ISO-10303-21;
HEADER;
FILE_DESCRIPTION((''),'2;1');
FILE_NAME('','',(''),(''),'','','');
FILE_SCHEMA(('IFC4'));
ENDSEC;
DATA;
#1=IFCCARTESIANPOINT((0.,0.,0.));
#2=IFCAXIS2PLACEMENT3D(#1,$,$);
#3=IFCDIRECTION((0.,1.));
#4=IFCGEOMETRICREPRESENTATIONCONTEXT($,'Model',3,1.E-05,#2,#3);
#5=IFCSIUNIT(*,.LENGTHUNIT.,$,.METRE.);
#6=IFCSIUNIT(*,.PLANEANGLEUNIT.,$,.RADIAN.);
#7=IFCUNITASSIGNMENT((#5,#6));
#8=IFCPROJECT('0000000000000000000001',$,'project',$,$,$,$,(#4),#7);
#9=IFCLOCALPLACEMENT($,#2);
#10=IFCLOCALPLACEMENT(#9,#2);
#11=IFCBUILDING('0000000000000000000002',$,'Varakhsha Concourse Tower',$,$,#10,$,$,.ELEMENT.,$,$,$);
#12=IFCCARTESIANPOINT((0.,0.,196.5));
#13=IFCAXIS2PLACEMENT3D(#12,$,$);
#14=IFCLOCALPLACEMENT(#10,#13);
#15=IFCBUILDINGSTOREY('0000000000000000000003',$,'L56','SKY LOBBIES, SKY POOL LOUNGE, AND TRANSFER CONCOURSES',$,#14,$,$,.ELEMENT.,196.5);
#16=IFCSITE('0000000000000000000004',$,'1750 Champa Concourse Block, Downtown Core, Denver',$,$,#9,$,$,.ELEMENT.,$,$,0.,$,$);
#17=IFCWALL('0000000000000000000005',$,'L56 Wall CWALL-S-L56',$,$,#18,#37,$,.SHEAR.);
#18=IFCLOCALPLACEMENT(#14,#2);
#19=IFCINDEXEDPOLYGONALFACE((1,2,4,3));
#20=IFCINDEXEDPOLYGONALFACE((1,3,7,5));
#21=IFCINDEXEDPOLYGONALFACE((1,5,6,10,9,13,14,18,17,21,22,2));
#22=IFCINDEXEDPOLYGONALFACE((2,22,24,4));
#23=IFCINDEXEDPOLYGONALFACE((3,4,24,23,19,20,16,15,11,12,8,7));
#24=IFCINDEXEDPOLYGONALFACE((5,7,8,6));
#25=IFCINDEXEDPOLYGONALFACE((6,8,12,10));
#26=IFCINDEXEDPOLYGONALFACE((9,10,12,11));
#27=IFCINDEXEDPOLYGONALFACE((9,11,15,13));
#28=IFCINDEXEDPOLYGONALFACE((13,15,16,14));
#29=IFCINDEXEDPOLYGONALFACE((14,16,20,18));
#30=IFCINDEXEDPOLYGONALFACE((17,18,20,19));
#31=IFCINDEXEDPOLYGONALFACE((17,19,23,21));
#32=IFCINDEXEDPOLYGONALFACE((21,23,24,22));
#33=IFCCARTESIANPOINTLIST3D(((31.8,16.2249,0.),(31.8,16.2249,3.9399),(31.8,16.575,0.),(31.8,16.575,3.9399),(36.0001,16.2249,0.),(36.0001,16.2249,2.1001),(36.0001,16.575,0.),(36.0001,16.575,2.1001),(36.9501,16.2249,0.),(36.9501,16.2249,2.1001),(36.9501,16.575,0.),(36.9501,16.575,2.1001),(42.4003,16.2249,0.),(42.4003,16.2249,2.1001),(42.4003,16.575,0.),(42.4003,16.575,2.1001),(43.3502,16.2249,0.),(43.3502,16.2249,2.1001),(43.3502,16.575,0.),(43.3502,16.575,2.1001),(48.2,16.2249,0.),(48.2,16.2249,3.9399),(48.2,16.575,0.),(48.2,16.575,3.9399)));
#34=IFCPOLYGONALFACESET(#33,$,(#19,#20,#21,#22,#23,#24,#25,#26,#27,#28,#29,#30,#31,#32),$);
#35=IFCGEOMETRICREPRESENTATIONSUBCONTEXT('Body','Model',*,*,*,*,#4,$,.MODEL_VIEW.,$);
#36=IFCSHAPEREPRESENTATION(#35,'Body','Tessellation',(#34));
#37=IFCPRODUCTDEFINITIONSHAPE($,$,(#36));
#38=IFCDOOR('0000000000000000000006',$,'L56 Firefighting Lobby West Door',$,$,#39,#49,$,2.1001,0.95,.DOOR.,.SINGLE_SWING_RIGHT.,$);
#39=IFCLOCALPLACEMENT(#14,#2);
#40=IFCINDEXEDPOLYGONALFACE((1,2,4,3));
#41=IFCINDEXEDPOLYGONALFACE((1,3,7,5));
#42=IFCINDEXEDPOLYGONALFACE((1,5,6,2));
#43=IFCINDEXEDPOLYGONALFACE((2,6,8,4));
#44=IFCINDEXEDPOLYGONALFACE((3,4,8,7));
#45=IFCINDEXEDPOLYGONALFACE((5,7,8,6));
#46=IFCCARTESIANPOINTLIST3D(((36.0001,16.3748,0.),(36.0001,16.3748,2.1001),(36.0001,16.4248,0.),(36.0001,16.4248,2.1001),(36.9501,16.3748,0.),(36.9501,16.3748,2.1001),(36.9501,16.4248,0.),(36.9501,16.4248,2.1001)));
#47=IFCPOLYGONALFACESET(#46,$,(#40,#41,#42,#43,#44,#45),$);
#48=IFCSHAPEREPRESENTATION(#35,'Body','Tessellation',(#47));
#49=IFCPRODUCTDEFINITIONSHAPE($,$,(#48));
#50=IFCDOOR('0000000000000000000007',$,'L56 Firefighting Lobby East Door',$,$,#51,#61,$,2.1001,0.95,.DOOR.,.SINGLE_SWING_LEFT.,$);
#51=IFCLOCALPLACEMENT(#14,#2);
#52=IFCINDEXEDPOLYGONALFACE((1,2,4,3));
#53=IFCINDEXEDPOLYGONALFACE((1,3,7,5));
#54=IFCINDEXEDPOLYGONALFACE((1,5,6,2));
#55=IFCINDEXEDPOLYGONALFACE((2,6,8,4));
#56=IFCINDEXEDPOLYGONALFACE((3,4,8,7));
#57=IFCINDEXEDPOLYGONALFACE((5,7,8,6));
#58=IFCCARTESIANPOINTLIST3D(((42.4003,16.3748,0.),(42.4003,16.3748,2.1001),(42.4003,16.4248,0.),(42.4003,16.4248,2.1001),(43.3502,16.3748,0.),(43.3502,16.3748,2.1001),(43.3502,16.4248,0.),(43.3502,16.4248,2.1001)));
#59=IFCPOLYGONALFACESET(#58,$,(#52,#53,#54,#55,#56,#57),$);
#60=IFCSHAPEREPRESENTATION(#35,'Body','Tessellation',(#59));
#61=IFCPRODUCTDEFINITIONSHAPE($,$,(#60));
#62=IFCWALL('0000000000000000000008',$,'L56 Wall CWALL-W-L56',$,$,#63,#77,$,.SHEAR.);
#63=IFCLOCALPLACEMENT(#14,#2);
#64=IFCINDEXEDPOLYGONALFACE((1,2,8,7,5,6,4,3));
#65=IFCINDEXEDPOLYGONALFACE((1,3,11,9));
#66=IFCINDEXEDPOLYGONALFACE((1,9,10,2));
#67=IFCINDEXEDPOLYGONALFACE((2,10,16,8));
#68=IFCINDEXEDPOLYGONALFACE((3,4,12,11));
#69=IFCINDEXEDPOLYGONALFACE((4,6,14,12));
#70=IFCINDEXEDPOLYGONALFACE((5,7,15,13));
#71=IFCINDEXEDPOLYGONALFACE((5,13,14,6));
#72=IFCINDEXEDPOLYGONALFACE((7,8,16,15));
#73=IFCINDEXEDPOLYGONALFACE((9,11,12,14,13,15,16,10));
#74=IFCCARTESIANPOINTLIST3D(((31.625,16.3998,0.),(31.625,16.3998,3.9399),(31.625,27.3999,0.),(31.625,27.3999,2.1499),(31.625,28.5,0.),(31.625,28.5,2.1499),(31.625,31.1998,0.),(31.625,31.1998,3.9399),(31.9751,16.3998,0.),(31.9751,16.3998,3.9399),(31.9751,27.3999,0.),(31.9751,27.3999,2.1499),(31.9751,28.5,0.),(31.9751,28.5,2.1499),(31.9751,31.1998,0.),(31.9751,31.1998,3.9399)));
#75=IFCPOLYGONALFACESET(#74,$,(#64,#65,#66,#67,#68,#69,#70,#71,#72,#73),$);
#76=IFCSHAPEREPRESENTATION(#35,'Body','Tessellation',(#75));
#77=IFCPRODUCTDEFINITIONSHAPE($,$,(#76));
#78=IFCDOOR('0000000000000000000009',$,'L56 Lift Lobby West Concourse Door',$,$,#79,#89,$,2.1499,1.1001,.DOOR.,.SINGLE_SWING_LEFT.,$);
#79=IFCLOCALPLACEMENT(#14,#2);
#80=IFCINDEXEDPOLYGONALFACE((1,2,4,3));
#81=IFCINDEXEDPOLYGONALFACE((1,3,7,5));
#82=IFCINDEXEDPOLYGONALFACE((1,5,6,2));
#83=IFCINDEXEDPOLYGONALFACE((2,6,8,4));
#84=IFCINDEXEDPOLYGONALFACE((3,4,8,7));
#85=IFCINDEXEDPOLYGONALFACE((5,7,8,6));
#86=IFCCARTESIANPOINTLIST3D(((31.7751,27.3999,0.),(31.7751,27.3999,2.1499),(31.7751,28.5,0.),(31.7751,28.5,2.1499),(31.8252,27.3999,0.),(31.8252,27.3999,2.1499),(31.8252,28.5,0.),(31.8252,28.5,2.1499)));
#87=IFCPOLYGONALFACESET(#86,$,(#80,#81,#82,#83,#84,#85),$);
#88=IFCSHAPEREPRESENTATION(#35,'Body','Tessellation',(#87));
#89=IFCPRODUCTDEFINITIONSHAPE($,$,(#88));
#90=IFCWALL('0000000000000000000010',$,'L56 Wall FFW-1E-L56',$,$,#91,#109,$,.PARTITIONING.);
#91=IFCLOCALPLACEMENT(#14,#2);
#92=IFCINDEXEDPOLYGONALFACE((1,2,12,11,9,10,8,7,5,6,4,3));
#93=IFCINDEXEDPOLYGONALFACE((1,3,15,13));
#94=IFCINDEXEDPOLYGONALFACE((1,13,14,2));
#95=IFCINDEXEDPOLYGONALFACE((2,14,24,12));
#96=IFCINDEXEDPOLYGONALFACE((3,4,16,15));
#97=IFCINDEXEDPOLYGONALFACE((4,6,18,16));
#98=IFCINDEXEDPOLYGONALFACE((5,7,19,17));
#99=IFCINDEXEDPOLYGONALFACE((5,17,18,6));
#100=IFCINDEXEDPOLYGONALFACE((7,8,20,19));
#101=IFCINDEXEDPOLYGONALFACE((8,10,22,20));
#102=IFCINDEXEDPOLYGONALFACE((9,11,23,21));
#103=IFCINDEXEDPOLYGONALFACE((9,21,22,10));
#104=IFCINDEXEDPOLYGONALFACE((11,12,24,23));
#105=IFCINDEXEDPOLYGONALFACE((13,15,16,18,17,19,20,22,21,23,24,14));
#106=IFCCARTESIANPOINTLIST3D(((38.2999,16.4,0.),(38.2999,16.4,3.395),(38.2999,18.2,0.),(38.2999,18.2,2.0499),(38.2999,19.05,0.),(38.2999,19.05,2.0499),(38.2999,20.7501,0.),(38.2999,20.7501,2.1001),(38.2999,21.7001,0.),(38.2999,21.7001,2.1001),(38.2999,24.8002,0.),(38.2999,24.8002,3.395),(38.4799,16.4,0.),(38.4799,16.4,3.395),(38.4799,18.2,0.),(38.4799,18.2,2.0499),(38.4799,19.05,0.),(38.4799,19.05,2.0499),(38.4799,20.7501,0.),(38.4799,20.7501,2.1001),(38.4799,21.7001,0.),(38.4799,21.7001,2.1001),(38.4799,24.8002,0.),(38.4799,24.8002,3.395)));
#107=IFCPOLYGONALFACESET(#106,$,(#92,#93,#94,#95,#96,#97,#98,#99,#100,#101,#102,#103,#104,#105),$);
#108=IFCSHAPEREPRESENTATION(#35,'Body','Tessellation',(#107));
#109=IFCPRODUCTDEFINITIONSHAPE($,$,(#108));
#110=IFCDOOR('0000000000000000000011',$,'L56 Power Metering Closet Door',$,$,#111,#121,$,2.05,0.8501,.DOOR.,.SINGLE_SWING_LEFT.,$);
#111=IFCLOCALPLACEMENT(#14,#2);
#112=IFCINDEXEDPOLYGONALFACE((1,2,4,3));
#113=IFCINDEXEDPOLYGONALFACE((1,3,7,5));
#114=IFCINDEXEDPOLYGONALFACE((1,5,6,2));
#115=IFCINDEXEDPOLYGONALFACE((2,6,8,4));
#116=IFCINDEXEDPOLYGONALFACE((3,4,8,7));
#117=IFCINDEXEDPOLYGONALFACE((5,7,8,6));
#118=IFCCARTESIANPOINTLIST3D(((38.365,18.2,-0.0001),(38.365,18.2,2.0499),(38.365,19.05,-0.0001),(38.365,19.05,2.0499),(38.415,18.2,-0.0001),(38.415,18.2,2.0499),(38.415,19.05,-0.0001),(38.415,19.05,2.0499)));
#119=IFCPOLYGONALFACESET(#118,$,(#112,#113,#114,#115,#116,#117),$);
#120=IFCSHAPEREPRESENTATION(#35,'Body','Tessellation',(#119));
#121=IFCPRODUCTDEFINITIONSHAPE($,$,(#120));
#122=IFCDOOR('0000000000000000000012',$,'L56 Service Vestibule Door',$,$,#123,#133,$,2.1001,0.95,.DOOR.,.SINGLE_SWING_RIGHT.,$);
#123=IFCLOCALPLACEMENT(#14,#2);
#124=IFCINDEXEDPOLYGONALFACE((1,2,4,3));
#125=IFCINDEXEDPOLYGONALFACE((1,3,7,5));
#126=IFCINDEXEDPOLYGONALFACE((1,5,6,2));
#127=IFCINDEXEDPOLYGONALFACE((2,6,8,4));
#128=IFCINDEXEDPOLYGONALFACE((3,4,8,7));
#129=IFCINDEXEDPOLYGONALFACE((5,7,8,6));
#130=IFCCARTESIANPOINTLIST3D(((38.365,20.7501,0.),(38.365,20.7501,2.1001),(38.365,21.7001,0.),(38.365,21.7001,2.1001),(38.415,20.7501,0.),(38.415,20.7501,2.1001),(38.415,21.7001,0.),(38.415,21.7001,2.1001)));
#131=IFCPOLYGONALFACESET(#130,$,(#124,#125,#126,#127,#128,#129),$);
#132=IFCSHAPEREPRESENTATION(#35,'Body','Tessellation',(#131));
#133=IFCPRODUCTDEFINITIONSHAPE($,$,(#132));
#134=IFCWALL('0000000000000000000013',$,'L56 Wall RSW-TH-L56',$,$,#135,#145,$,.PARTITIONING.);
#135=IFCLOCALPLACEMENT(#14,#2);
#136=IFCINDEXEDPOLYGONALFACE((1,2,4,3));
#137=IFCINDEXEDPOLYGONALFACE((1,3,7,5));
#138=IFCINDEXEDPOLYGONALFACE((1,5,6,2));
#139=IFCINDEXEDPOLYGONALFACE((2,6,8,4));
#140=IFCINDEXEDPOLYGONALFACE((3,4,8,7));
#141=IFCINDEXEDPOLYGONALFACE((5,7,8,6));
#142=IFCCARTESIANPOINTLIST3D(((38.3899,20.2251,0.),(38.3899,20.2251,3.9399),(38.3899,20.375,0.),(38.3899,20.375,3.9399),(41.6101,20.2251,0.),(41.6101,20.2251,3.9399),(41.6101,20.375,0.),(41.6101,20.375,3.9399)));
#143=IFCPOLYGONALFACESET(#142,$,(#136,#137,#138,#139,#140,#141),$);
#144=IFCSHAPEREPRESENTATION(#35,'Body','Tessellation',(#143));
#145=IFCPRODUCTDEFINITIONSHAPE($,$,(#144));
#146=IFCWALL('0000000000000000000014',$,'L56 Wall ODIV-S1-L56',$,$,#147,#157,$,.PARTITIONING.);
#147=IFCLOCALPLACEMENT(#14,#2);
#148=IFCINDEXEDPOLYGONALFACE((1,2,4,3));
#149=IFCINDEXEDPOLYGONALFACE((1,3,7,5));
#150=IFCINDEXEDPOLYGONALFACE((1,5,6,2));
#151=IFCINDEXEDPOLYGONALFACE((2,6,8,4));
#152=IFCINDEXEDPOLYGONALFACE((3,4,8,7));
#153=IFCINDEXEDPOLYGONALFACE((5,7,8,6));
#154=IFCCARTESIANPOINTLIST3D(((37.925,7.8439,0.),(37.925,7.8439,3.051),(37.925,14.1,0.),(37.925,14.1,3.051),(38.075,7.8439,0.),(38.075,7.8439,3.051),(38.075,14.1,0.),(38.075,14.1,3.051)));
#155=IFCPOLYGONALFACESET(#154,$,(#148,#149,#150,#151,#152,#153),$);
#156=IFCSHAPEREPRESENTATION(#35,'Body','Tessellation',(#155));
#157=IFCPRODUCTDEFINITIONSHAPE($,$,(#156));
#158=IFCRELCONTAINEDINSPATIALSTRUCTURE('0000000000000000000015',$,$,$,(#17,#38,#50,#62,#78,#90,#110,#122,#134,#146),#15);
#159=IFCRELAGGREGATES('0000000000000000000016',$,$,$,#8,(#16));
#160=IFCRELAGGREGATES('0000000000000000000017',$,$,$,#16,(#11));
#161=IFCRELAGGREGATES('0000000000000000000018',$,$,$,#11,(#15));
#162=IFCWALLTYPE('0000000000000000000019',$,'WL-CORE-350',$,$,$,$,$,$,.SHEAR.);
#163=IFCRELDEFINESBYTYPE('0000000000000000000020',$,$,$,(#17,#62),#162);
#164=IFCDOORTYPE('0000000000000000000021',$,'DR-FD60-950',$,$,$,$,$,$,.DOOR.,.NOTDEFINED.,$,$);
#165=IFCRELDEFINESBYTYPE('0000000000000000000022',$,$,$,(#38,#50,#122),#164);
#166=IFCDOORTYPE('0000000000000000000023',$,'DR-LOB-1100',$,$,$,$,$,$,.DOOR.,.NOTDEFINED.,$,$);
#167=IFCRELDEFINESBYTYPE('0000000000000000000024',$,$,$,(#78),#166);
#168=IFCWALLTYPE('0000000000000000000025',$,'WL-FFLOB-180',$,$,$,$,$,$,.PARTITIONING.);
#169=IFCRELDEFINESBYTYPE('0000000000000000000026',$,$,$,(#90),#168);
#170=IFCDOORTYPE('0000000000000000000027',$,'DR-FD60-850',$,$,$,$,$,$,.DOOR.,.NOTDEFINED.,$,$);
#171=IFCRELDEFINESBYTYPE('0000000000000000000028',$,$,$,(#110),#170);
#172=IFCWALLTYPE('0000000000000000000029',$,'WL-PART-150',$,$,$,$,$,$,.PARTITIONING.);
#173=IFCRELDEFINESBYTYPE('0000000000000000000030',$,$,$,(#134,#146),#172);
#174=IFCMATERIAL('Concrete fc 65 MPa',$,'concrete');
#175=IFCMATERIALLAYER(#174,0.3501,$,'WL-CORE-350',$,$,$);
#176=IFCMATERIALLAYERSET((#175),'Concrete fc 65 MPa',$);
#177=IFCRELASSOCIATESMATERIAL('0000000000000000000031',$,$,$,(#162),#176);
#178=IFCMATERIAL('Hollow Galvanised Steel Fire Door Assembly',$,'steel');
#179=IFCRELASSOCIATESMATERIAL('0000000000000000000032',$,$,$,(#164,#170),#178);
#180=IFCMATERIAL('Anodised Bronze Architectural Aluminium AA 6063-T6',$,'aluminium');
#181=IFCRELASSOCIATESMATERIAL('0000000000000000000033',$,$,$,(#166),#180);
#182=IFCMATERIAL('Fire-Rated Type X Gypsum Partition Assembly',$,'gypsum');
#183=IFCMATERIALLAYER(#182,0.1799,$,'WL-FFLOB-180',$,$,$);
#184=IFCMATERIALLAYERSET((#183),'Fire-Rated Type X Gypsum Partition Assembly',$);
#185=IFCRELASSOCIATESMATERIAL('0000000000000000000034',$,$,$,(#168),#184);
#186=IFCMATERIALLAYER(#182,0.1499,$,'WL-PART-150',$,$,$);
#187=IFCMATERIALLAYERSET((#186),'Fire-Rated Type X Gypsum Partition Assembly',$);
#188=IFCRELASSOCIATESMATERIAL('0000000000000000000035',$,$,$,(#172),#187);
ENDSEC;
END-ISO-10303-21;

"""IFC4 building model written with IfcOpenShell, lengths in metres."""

from ifc_helpers import new_model, si_unit, direction, frame, frame_2d, origin, place, context, subcontext, project, spatial, rectangle, extrude, material, layer, layer_set, type_object, element, fill, save


model = new_model("IFC4")

# Units and contexts
model_context = context("Model", 3, precision=1e-05, world=origin(), true_north=direction((0.0, 1.0)))
body_context = subcontext(model_context, "Body", "Model", "MODEL_VIEW")
ifc_project = project(units=[si_unit("LENGTHUNIT", "METRE"), si_unit("PLANEANGLEUNIT", "RADIAN")], contexts=[model_context])

# Site, building, storey
site_placement = place(None, origin())
site = spatial("IfcSite", under=ifc_project, at=site_placement, Name="1750 Champa Concourse Block, Downtown Core, Denver", CompositionType="ELEMENT", RefElevation=0.0)
building_placement = place(site_placement, origin())
building = spatial("IfcBuilding", under=site, at=building_placement, Name="Varakhsha Concourse Tower", CompositionType="ELEMENT")
storey_placement = place(building_placement, frame((0.0, 0.0, 196.5)))
storey = spatial("IfcBuildingStorey", under=building, at=storey_placement, Name="L56", Description="SKY LOBBIES, SKY POOL LOUNGE, AND TRANSFER CONCOURSES", CompositionType="ELEMENT", Elevation=196.5)

# Shared definitions
ifc_material_1 = material(Name="Concrete fc 65 MPa", Category="concrete")

# Shared definitions
ifc_material_2 = material(Name="Anodised Bronze Architectural Aluminium AA 6063-T6", Category="aluminium")

# Wall, openings, doors
ifc_layer_1 = layer(ifc_material_1, 0.3501, Name="WL-CORE-350")
ifc_layer_set_1 = layer_set([ifc_layer_1], Name="Concrete fc 65 MPa")
wall_type_1 = type_object("IfcWallType", Name="WL-CORE-350", PredefinedType="SHEAR", material=ifc_layer_set_1)
wall_1_placement = place(storey_placement, frame((31.8, 16.3999, 0.0), z_axis=(0.0, 0.0, 1.0), x_axis=(1.0, 0.0, 0.0)))
wall_1 = element("IfcWall", 1, at=wall_1_placement, inside=storey, type_object=wall_type_1, Name="L56 Wall CWALL-S-L56", PredefinedType="SHEAR", context=body_context, shape_type="SweptSolid", body=[
    extrude(rectangle(XDim=16.3999, YDim=0.3501, at=frame_2d((8.2, 0.0))), origin(), (0.0, 0.0, 1.0), 3.9399),
])
opening_1_placement = place(wall_1_placement, frame((4.2, 0.0, 0.0)))
opening_1 = element("IfcOpeningElement", 2, at=opening_1_placement, cuts=wall_1, PredefinedType="OPENING", context=body_context, shape_type="SweptSolid", body=[
    extrude(rectangle(XDim=0.95, YDim=2.1001, at=frame_2d((0.4751, 1.05))), frame((0.0, 0.1851, 0.0), z_axis=(0.0, -1.0, 0.0), x_axis=(1.0, 0.0, 0.0)), (0.0, 0.0, 1.0), 0.3701),
])
opening_2_placement = place(wall_1_placement, frame((10.6001, 0.0, 0.0)))
opening_2 = element("IfcOpeningElement", 3, at=opening_2_placement, cuts=wall_1, PredefinedType="OPENING", context=body_context, shape_type="SweptSolid", body=[
    extrude(rectangle(XDim=0.95, YDim=2.1001, at=frame_2d((0.4751, 1.05))), frame((0.0, 0.1851, 0.0), z_axis=(0.0, -1.0, 0.0), x_axis=(1.0, 0.0, 0.0)), (0.0, 0.0, 1.0), 0.3701),
])
ifc_material_3 = material(Name="Hollow Galvanised Steel Fire Door Assembly", Category="steel")
door_type_1 = type_object("IfcDoorType", Name="DR-FD60-950", OperationType="NOTDEFINED", PredefinedType="DOOR", material=ifc_material_3)
door_1_placement = place(opening_1_placement, origin())
door_1 = element("IfcDoor", 4, at=door_1_placement, inside=storey, type_object=door_type_1, Name="L56 Firefighting Lobby West Door", OperationType="SINGLE_SWING_RIGHT", OverallHeight=2.1001, OverallWidth=0.95, PredefinedType="DOOR", context=body_context, shape_type="SweptSolid", body=[
    extrude(rectangle(XDim=0.95, YDim=2.1001, at=frame_2d((0.4751, 1.05))), frame((0.0, 0.0249, 0.0), z_axis=(0.0, -1.0, 0.0), x_axis=(1.0, 0.0, 0.0)), (0.0, 0.0, 1.0), 0.05),
])
fill(opening_1, door_1)
door_2_placement = place(opening_2_placement, origin())
door_2 = element("IfcDoor", 5, at=door_2_placement, inside=storey, type_object=door_type_1, Name="L56 Firefighting Lobby East Door", OperationType="SINGLE_SWING_LEFT", OverallHeight=2.1001, OverallWidth=0.95, PredefinedType="DOOR", context=body_context, shape_type="SweptSolid", body=[
    extrude(rectangle(XDim=0.95, YDim=2.1001, at=frame_2d((0.4751, 1.05))), frame((0.0, 0.0249, 0.0), z_axis=(0.0, -1.0, 0.0), x_axis=(1.0, 0.0, 0.0)), (0.0, 0.0, 1.0), 0.05),
])
fill(opening_2, door_2)

# Wall, opening, door
wall_2_placement = place(storey_placement, frame((31.8, 16.3999, 0.0), z_axis=(0.0, 0.0, 1.0), x_axis=(0.0, 1.0, 0.0)))
wall_2 = element("IfcWall", 6, at=wall_2_placement, inside=storey, type_object=wall_type_1, Name="L56 Wall CWALL-W-L56", PredefinedType="SHEAR", context=body_context, shape_type="SweptSolid", body=[
    extrude(rectangle(XDim=14.8, YDim=0.3501, at=frame_2d((7.3999, 0.0))), origin(), (0.0, 0.0, 1.0), 3.9399),
])
opening_3_placement = place(wall_2_placement, frame((11.0, 0.0, 0.0)))
opening_3 = element("IfcOpeningElement", 7, at=opening_3_placement, cuts=wall_2, PredefinedType="OPENING", context=body_context, shape_type="SweptSolid", body=[
    extrude(rectangle(XDim=1.1001, YDim=2.1499, at=frame_2d((0.55, 1.075))), frame((0.0, 0.1851, 0.0), z_axis=(0.0, -1.0, 0.0), x_axis=(1.0, 0.0, 0.0)), (0.0, 0.0, 1.0), 0.3701),
])
door_type_2 = type_object("IfcDoorType", Name="DR-LOB-1100", OperationType="NOTDEFINED", PredefinedType="DOOR", material=ifc_material_2)
door_3_placement = place(opening_3_placement, origin())
door_3 = element("IfcDoor", 8, at=door_3_placement, inside=storey, type_object=door_type_2, Name="L56 Lift Lobby West Concourse Door", OperationType="SINGLE_SWING_LEFT", OverallHeight=2.1499, OverallWidth=1.1001, PredefinedType="DOOR", context=body_context, shape_type="SweptSolid", body=[
    extrude(rectangle(XDim=1.1001, YDim=2.1499, at=frame_2d((0.55, 1.075))), frame((0.0, 0.0249, 0.0), z_axis=(0.0, -1.0, 0.0), x_axis=(1.0, 0.0, 0.0)), (0.0, 0.0, 1.0), 0.05),
])
fill(opening_3, door_3)

# Wall, openings, doors
ifc_material_4 = material(Name="Fire-Rated Type X Gypsum Partition Assembly", Category="gypsum")
ifc_layer_2 = layer(ifc_material_4, 0.1799, Name="WL-FFLOB-180")
ifc_layer_set_2 = layer_set([ifc_layer_2], Name="Fire-Rated Type X Gypsum Partition Assembly")
wall_type_2 = type_object("IfcWallType", Name="WL-FFLOB-180", PredefinedType="PARTITIONING", material=ifc_layer_set_2)
wall_3_placement = place(storey_placement, frame((38.3899, 16.3999, 0.0), z_axis=(0.0, 0.0, 1.0), x_axis=(0.0, 1.0, 0.0)))
wall_3 = element("IfcWall", 9, at=wall_3_placement, inside=storey, type_object=wall_type_2, Name="L56 Wall FFW-1E-L56", PredefinedType="PARTITIONING", context=body_context, shape_type="SweptSolid", body=[
    extrude(rectangle(XDim=8.4001, YDim=0.1799, at=frame_2d((4.2002, 0.0))), origin(), (0.0, 0.0, 1.0), 3.395),
])
opening_4_placement = place(wall_3_placement, frame((1.8, 0.0, 0.0)))
opening_4 = element("IfcOpeningElement", 10, at=opening_4_placement, cuts=wall_3, PredefinedType="OPENING", context=body_context, shape_type="SweptSolid", body=[
    extrude(rectangle(XDim=0.8501, YDim=2.05, at=frame_2d((0.425, 1.0249))), frame((0.0, 0.0999, 0.0), z_axis=(0.0, -1.0, 0.0), x_axis=(1.0, 0.0, 0.0)), (0.0, 0.0, 1.0), 0.2),
])
opening_5_placement = place(wall_3_placement, frame((4.3501, 0.0, 0.0)))
opening_5 = element("IfcOpeningElement", 11, at=opening_5_placement, cuts=wall_3, PredefinedType="OPENING", context=body_context, shape_type="SweptSolid", body=[
    extrude(rectangle(XDim=0.95, YDim=2.1001, at=frame_2d((0.4751, 1.05))), frame((0.0, 0.0999, 0.0), z_axis=(0.0, -1.0, 0.0), x_axis=(1.0, 0.0, 0.0)), (0.0, 0.0, 1.0), 0.2),
])
door_type_3 = type_object("IfcDoorType", Name="DR-FD60-850", OperationType="NOTDEFINED", PredefinedType="DOOR", material=ifc_material_3)
door_4_placement = place(opening_4_placement, origin())
door_4 = element("IfcDoor", 12, at=door_4_placement, inside=storey, type_object=door_type_3, Name="L56 Power Metering Closet Door", OperationType="SINGLE_SWING_LEFT", OverallHeight=2.05, OverallWidth=0.8501, PredefinedType="DOOR", context=body_context, shape_type="SweptSolid", body=[
    extrude(rectangle(XDim=0.8501, YDim=2.05, at=frame_2d((0.425, 1.0249))), frame((0.0, 0.0249, 0.0), z_axis=(0.0, -1.0, 0.0), x_axis=(1.0, 0.0, 0.0)), (0.0, 0.0, 1.0), 0.05),
])
fill(opening_4, door_4)
door_5_placement = place(opening_5_placement, origin())
door_5 = element("IfcDoor", 13, at=door_5_placement, inside=storey, type_object=door_type_1, Name="L56 Service Vestibule Door", OperationType="SINGLE_SWING_RIGHT", OverallHeight=2.1001, OverallWidth=0.95, PredefinedType="DOOR", context=body_context, shape_type="SweptSolid", body=[
    extrude(rectangle(XDim=0.95, YDim=2.1001, at=frame_2d((0.4751, 1.05))), frame((0.0, 0.0249, 0.0), z_axis=(0.0, -1.0, 0.0), x_axis=(1.0, 0.0, 0.0)), (0.0, 0.0, 1.0), 0.05),
])
fill(opening_5, door_5)

# Walls
ifc_layer_3 = layer(ifc_material_4, 0.1499, Name="WL-PART-150")
ifc_layer_set_3 = layer_set([ifc_layer_3], Name="Fire-Rated Type X Gypsum Partition Assembly")
wall_type_3 = type_object("IfcWallType", Name="WL-PART-150", PredefinedType="PARTITIONING", material=ifc_layer_set_3)
wall_4_placement = place(storey_placement, frame((38.3899, 20.3, 0.0), z_axis=(0.0, 0.0, 1.0), x_axis=(1.0, 0.0, 0.0)))
element("IfcWall", 14, at=wall_4_placement, inside=storey, type_object=wall_type_3, Name="L56 Wall RSW-TH-L56", PredefinedType="PARTITIONING", context=body_context, shape_type="SweptSolid", body=[
    extrude(rectangle(XDim=3.2202, YDim=0.1499, at=frame_2d((1.6101, 0.0))), origin(), (0.0, 0.0, 1.0), 3.9399),
])
wall_5_placement = place(storey_placement, frame((38.0, 7.844, 0.0), z_axis=(0.0, 0.0, 1.0), x_axis=(0.0, 1.0, 0.0)))
element("IfcWall", 15, at=wall_5_placement, inside=storey, type_object=wall_type_3, Name="L56 Wall ODIV-S1-L56", PredefinedType="PARTITIONING", context=body_context, shape_type="SweptSolid", body=[
    extrude(rectangle(XDim=6.2561, YDim=0.1499, at=frame_2d((3.1279, 0.0))), origin(), (0.0, 0.0, 1.0), 3.051),
])

save(model, "model.ifc")
